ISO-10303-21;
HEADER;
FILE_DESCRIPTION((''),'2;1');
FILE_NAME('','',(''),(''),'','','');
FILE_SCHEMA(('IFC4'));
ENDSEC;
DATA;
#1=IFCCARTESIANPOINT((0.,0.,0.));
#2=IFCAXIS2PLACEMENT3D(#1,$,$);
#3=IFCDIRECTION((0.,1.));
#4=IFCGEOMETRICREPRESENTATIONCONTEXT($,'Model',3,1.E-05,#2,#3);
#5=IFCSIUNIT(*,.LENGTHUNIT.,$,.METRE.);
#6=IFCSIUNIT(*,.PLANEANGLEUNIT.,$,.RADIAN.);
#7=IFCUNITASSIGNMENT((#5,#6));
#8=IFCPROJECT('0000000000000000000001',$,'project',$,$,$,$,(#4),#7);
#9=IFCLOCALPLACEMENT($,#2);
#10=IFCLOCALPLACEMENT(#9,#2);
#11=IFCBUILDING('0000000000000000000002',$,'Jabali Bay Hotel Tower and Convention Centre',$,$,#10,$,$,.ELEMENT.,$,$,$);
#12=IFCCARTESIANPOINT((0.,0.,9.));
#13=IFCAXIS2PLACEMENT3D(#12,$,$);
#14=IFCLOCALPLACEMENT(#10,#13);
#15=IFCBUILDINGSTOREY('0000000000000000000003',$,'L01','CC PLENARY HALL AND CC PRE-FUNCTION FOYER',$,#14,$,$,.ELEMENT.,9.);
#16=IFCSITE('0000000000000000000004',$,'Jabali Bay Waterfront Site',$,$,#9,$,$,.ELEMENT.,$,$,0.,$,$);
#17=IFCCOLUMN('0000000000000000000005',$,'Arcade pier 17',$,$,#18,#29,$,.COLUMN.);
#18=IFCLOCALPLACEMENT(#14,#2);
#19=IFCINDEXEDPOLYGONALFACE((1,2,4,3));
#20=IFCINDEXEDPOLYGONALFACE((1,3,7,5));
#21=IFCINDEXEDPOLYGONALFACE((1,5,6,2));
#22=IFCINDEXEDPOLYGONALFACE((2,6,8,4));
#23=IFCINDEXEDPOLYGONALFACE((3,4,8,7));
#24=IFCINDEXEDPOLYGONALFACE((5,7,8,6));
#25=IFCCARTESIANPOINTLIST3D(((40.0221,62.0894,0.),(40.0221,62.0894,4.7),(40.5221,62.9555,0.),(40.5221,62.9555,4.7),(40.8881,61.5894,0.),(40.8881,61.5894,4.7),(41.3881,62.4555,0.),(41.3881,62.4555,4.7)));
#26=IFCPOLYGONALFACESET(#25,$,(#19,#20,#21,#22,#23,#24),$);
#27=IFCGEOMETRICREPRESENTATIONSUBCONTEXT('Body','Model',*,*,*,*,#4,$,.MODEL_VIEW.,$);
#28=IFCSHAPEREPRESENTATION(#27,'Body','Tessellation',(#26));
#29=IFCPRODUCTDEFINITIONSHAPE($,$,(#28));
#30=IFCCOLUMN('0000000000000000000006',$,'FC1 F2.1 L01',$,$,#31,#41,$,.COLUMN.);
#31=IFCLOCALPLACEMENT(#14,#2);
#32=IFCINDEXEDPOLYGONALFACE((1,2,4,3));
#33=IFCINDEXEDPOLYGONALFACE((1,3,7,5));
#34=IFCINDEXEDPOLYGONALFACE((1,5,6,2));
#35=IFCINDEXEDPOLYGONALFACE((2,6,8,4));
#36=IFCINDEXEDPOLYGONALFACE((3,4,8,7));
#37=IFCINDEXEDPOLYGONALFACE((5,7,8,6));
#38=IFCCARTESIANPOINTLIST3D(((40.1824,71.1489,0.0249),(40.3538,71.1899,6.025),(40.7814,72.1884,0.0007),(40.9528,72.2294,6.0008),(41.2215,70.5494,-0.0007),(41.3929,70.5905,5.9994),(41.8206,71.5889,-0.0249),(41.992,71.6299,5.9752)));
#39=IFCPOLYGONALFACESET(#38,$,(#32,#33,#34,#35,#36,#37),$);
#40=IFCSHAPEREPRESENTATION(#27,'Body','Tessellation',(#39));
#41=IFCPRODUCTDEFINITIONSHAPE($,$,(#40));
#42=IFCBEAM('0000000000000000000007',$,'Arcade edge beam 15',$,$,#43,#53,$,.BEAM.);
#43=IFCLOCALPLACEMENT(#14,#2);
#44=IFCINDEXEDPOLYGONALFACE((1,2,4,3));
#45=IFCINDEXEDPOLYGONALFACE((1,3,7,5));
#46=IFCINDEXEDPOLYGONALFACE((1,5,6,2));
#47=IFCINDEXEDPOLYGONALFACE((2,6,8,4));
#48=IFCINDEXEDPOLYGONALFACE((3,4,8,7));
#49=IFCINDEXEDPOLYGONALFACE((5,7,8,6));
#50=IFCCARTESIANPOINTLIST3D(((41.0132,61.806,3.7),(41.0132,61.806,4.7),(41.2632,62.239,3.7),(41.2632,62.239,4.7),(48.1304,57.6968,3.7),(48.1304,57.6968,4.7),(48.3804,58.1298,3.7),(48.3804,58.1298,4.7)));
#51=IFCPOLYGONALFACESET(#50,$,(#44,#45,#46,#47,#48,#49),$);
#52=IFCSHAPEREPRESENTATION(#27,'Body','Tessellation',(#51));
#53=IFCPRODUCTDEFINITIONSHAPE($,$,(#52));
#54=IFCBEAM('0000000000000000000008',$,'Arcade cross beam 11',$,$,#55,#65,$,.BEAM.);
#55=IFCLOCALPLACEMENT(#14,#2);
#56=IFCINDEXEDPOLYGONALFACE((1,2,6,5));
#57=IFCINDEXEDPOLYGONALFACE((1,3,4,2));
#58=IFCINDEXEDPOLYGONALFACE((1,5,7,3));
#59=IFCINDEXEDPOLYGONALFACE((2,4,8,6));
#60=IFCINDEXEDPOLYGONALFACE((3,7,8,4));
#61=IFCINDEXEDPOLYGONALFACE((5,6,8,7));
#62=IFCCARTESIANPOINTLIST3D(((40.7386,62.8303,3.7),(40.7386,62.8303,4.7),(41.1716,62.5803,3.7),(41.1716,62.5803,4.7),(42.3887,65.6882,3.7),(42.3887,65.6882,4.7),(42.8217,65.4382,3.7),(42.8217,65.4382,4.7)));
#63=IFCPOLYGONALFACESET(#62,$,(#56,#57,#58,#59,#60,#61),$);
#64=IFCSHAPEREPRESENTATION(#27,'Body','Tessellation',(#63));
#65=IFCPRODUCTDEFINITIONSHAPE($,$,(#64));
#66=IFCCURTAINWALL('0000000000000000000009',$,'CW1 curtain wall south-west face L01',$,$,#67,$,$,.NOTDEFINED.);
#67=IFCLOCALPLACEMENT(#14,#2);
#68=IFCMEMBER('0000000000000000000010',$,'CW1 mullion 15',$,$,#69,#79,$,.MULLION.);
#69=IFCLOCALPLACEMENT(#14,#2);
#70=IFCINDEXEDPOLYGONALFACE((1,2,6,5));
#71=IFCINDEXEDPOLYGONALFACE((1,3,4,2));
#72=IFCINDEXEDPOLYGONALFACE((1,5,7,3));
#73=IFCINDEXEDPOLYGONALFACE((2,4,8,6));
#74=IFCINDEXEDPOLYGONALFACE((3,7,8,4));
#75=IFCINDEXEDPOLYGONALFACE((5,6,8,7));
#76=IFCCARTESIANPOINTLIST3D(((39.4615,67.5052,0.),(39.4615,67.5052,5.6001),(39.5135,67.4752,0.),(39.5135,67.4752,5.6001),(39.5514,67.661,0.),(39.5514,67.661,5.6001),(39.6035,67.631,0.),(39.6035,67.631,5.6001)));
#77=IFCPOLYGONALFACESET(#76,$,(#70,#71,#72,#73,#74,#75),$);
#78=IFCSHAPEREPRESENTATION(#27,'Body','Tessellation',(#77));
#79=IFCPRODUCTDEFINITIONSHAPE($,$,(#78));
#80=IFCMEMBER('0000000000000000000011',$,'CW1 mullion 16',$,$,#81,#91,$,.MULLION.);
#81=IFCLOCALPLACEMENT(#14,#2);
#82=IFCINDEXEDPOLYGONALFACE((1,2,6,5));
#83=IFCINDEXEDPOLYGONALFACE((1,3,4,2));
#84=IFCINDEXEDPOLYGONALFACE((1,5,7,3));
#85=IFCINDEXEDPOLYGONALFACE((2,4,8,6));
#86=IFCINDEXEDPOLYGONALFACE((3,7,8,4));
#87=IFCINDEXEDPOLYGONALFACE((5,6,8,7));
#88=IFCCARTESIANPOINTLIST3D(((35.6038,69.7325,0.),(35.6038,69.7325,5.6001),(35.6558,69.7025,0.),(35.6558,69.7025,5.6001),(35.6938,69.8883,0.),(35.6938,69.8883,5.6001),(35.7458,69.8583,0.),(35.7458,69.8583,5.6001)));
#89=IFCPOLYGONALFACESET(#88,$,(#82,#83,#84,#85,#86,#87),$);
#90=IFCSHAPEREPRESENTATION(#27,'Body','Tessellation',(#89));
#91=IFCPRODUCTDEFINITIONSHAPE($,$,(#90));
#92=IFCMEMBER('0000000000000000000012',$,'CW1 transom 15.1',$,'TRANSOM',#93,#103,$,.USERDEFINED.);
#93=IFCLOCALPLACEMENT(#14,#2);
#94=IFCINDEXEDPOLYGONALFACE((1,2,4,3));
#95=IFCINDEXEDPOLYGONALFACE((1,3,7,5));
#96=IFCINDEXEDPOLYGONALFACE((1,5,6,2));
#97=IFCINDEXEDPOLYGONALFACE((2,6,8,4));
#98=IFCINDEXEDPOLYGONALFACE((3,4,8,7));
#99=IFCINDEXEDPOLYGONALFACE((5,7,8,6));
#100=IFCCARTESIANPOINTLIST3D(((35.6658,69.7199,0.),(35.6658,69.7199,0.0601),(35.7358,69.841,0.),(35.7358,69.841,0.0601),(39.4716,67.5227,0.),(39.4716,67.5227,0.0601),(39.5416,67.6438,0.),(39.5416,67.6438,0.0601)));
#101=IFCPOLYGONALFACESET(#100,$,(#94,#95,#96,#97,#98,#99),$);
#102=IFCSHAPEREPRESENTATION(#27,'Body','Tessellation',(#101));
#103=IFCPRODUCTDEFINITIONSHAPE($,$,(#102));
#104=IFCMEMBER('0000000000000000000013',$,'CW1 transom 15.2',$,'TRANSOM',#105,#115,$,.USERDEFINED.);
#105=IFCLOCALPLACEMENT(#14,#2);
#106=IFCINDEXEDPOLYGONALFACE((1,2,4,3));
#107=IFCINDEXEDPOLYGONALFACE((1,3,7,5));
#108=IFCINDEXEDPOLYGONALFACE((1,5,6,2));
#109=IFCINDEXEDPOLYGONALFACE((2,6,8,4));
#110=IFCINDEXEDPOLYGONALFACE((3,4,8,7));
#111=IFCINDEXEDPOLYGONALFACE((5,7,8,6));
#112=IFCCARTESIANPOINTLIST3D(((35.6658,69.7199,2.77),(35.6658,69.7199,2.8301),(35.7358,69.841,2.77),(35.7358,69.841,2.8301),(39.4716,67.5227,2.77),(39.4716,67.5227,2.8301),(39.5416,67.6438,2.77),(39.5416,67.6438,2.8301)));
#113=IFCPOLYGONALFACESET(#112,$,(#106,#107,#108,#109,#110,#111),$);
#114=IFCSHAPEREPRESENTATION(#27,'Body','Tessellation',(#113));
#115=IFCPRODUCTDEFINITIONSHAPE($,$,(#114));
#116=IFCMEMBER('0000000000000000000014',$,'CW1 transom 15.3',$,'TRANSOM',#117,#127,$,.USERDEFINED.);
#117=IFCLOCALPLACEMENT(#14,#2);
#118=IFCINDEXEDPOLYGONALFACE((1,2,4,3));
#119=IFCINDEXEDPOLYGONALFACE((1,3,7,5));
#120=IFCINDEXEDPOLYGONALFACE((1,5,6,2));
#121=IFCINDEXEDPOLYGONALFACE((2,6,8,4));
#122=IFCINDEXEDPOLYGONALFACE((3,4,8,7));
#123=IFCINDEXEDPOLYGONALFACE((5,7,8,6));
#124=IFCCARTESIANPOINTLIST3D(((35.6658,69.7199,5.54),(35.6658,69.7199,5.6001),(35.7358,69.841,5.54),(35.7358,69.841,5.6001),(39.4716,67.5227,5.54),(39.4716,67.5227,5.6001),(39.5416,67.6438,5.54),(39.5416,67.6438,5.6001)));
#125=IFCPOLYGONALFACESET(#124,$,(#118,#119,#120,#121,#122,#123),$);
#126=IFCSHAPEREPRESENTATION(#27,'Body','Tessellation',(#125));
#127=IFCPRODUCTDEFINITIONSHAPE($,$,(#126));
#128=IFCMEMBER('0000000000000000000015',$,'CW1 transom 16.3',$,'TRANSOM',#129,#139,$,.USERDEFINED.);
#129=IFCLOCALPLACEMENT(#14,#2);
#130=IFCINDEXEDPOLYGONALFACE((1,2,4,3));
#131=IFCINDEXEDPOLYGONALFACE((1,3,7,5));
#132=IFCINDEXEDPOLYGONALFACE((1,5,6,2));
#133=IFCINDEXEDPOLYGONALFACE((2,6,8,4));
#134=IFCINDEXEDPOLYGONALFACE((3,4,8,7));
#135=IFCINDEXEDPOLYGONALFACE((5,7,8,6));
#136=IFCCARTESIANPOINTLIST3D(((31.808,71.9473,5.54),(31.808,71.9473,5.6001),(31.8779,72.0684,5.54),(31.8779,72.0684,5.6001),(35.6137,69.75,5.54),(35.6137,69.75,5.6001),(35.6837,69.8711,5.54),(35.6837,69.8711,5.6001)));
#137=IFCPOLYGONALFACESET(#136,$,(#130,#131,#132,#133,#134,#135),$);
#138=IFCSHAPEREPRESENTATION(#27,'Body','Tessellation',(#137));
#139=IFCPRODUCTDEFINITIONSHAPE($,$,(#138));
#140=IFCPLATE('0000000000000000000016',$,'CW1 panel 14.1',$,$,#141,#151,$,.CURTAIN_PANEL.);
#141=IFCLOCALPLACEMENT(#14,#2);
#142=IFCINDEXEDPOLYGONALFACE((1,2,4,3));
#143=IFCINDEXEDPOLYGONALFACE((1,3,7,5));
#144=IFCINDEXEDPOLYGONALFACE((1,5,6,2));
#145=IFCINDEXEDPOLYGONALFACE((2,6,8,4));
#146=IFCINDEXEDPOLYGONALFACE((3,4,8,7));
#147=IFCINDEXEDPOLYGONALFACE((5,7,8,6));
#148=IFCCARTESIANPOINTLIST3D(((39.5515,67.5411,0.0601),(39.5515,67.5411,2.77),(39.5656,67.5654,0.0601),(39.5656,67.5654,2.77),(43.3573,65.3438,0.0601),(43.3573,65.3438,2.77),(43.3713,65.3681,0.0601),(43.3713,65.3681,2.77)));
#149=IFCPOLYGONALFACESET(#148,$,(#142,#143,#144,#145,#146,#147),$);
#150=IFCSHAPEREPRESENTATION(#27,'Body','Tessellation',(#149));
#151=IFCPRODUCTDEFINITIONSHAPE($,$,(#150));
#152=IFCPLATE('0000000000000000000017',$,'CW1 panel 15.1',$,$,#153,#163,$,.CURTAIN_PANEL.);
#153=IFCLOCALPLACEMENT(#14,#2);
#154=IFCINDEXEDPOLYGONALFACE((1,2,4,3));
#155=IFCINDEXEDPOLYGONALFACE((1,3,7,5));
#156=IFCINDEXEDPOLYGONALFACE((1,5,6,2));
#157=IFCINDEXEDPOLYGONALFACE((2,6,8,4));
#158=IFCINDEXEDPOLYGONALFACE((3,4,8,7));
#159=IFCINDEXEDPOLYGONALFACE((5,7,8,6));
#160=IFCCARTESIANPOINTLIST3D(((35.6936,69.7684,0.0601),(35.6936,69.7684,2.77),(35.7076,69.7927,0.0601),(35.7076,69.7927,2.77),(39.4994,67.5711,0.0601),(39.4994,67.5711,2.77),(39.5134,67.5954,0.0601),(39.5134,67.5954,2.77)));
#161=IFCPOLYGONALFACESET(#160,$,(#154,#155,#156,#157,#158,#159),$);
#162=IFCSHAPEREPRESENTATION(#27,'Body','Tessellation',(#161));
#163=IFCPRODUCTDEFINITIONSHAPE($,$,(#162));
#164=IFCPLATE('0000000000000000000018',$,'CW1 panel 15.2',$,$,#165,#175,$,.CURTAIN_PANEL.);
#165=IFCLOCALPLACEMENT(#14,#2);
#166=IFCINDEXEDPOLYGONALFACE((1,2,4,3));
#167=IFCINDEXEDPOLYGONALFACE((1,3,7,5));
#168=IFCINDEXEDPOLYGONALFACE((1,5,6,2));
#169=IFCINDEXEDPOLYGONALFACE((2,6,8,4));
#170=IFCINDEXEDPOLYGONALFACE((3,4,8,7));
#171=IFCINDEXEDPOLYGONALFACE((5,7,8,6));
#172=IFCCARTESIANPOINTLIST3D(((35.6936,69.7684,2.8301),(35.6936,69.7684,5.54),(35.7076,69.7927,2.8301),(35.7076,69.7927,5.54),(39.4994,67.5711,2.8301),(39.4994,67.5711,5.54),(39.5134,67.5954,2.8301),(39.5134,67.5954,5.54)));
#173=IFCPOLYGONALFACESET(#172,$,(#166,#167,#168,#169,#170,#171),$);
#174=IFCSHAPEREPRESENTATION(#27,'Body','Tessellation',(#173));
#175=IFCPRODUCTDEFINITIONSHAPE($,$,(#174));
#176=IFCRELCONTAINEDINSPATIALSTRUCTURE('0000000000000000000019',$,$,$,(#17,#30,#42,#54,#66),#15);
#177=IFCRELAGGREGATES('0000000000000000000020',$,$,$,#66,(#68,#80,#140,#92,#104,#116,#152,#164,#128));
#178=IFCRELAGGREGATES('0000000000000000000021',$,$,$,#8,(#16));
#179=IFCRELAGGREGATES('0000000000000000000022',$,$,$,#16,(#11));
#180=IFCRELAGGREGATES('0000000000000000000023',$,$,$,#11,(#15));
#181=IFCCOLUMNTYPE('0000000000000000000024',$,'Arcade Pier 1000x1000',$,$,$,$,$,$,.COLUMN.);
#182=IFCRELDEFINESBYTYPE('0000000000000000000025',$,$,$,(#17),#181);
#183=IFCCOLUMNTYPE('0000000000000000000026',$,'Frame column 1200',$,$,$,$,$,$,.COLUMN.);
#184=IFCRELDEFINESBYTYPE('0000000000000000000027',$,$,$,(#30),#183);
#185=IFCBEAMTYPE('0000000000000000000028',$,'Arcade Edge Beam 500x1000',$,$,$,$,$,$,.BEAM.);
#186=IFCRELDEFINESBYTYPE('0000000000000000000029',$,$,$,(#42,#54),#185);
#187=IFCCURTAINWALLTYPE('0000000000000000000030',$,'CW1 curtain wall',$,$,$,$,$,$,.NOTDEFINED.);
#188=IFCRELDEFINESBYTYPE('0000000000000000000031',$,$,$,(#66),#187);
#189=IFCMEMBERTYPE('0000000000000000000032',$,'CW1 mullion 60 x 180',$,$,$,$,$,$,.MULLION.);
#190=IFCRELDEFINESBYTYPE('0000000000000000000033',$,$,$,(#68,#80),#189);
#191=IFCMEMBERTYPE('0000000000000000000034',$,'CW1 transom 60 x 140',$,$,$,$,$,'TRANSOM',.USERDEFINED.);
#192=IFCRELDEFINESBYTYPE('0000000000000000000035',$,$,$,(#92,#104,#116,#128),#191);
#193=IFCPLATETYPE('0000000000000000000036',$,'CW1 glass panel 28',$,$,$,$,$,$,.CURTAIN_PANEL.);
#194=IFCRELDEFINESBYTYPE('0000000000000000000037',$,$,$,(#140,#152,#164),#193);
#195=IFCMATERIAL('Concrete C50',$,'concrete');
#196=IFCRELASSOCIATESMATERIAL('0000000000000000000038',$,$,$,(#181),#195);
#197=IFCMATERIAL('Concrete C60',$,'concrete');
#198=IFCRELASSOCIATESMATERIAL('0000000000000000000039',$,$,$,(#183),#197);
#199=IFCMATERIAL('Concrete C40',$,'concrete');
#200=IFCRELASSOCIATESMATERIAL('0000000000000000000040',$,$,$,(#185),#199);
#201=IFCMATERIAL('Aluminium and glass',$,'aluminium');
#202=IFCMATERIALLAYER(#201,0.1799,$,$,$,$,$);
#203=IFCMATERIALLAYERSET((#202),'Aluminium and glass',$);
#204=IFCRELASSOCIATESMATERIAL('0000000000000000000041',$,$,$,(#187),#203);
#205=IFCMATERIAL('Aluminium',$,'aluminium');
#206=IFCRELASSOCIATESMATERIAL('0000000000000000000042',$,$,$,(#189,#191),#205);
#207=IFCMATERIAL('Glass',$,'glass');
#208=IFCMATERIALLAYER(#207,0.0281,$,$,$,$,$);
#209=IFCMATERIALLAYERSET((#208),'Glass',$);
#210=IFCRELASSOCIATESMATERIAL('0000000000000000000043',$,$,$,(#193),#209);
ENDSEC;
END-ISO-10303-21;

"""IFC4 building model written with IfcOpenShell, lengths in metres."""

from ifc_helpers import new_model, si_unit, direction, frame, origin, origin_2d, place, context, subcontext, project, spatial, rectangle, extrude, material, layer, layer_set, material_profile, profile_set, type_object, element, aggregate, save


model = new_model("IFC4")

# Units and contexts
model_context = context("Model", 3, precision=1e-05, world=origin(), true_north=direction((0.0, 1.0)))
body_context = subcontext(model_context, "Body", "Model", "MODEL_VIEW")
ifc_project = project(units=[si_unit("LENGTHUNIT", "METRE"), si_unit("PLANEANGLEUNIT", "RADIAN")], contexts=[model_context])

# Site, building, storey
site_placement = place(None, origin())
site = spatial("IfcSite", under=ifc_project, at=site_placement, Name="Jabali Bay Waterfront Site", CompositionType="ELEMENT", RefElevation=0.0)
building_placement = place(site_placement, origin())
building = spatial("IfcBuilding", under=site, at=building_placement, Name="Jabali Bay Hotel Tower and Convention Centre", CompositionType="ELEMENT")
storey_placement = place(building_placement, frame((0.0, 0.0, 9.0)))
storey = spatial("IfcBuildingStorey", under=building, at=storey_placement, Name="L01", Description="CC PLENARY HALL AND CC PRE-FUNCTION FOYER", CompositionType="ELEMENT", Elevation=9.0)

# Columns
ifc_material_1 = material(Name="Concrete C50", Category="concrete")
ifc_material_profile_1 = material_profile(ifc_material_1, rectangle(XDim=1.0, YDim=1.0, at=origin_2d()), Name="RC 1000x1000")
ifc_profile_set_1 = profile_set([ifc_material_profile_1], Name="Concrete C50")
column_type_1 = type_object("IfcColumnType", Name="Arcade Pier 1000x1000", PredefinedType="COLUMN", material=ifc_profile_set_1)
column_1_placement = place(storey_placement, frame((40.7051, 62.2725, 0.0), z_axis=(0.0, 0.0, 1.0), x_axis=(0.866025, -0.5, 0.0)))
element("IfcColumn", 1, at=column_1_placement, inside=storey, type_object=column_type_1, Name="Arcade pier 17", PredefinedType="COLUMN", context=body_context, shape_type="SweptSolid", body=[
    extrude(rectangle(XDim=1.0, YDim=1.0, at=origin_2d()), origin(), (0.0, 0.0, 1.0), 4.7),
])
ifc_material_2 = material(Name="Concrete C60", Category="concrete")
ifc_material_profile_2 = material_profile(ifc_material_2, rectangle(XDim=1.2, YDim=1.2, at=origin_2d()), Name="Frame column 1200")
ifc_profile_set_2 = profile_set([ifc_material_profile_2], Name="Concrete C60")
column_type_2 = type_object("IfcColumnType", Name="Frame column 1200", PredefinedType="COLUMN", material=ifc_profile_set_2)
column_2_placement = place(storey_placement, frame((41.0015, 71.3689, 0.0), z_axis=(0.028552, 0.006833, 0.999569), x_axis=(-0.866003, 0.499585, 0.021322)))
element("IfcColumn", 2, at=column_2_placement, inside=storey, type_object=column_type_2, Name="FC1 F2.1 L01", PredefinedType="COLUMN", context=body_context, shape_type="SweptSolid", body=[
    extrude(rectangle(XDim=1.2, YDim=1.2, at=origin_2d()), origin(), (0.0, 0.0, 1.0), 6.0027),
])

# Beams
ifc_material_3 = material(Name="Concrete C40", Category="concrete")
ifc_material_profile_3 = material_profile(ifc_material_3, rectangle(XDim=0.5, YDim=1.0, at=origin_2d()), Name="RC 500x1000")
ifc_profile_set_3 = profile_set([ifc_material_profile_3], Name="Concrete C40")
beam_type = type_object("IfcBeamType", Name="Arcade Edge Beam 500x1000", PredefinedType="BEAM", material=ifc_profile_set_3)
beam_1_placement = place(storey_placement, frame((41.1382, 62.0225, 4.2), z_axis=(0.866024, -0.500002, 0.0), x_axis=(0.500002, 0.866024, 0.0)))
element("IfcBeam", 3, at=beam_1_placement, inside=storey, type_object=beam_type, Name="Arcade edge beam 15", PredefinedType="BEAM", context=body_context, shape_type="SweptSolid", body=[
    extrude(rectangle(XDim=0.5, YDim=1.0, at=origin_2d()), origin(), (0.0, 0.0, 1.0), 8.2183),
])
beam_2_placement = place(storey_placement, frame((40.9551, 62.7053, 4.2), z_axis=(0.50003, 0.866008, 0.0), x_axis=(-0.866008, 0.50003, 0.0)))
element("IfcBeam", 4, at=beam_2_placement, inside=storey, type_object=beam_type, Name="Arcade cross beam 11", PredefinedType="BEAM", context=body_context, shape_type="SweptSolid", body=[
    extrude(rectangle(XDim=0.5, YDim=1.0, at=origin_2d()), origin(), (0.0, 0.0, 1.0), 3.3),
])

# Curtain wall, members, plates
ifc_material_4 = material(Name="Aluminium and glass", Category="aluminium")
ifc_layer_1 = layer(ifc_material_4, 0.1799)
ifc_layer_set_1 = layer_set([ifc_layer_1], Name="Aluminium and glass")
curtain_wall_type = type_object("IfcCurtainWallType", Name="CW1 curtain wall", PredefinedType="NOTDEFINED", material=ifc_layer_set_1)
curtain_wall_placement = place(storey_placement, origin())
curtain_wall = element("IfcCurtainWall", 5, at=curtain_wall_placement, inside=storey, type_object=curtain_wall_type, Name="CW1 curtain wall south-west face L01", PredefinedType="NOTDEFINED")
ifc_material_5 = material(Name="Aluminium", Category="aluminium")
ifc_material_profile_4 = material_profile(ifc_material_5, rectangle(XDim=0.1799, YDim=0.0601, at=origin_2d()), Name="CW1 mullion 60 x 180")
ifc_profile_set_4 = profile_set([ifc_material_profile_4], Name="Aluminium")
member_type_1 = type_object("IfcMemberType", Name="CW1 mullion 60 x 180", PredefinedType="MULLION", material=ifc_profile_set_4)
member_1_placement = place(storey_placement, frame((39.5325, 67.5681, 0.0), z_axis=(0.0, 0.0, 1.0), x_axis=(-0.5, -0.866025, 0.0)))
member_1 = element("IfcMember", 6, at=member_1_placement, type_object=member_type_1, Name="CW1 mullion 15", PredefinedType="MULLION", context=body_context, shape_type="SweptSolid", body=[
    extrude(rectangle(XDim=0.1799, YDim=0.0601, at=origin_2d()), origin(), (0.0, 0.0, 1.0), 5.6001),
])
member_2_placement = place(storey_placement, frame((35.6748, 69.7954, 0.0), z_axis=(0.0, 0.0, 1.0), x_axis=(-0.5, -0.866025, 0.0)))
member_2 = element("IfcMember", 7, at=member_2_placement, type_object=member_type_1, Name="CW1 mullion 16", PredefinedType="MULLION", context=body_context, shape_type="SweptSolid", body=[
    extrude(rectangle(XDim=0.1799, YDim=0.0601, at=origin_2d()), origin(), (0.0, 0.0, 1.0), 5.6001),
])
ifc_material_profile_5 = material_profile(ifc_material_5, rectangle(XDim=0.1399, YDim=0.0601, at=origin_2d()), Name="CW1 transom 60 x 140")
ifc_profile_set_5 = profile_set([ifc_material_profile_5], Name="Aluminium")
member_type_2 = type_object("IfcMemberType", Name="CW1 transom 60 x 140", ElementType="TRANSOM", PredefinedType="USERDEFINED", material=ifc_profile_set_5)
member_3_placement = place(storey_placement, frame((39.5066, 67.5833, 0.03), z_axis=(-0.866033, 0.499987, 0.0), x_axis=(-0.499987, -0.866033, 0.0)))
member_3 = element("IfcMember", 8, at=member_3_placement, type_object=member_type_2, Name="CW1 transom 15.1", ObjectType="TRANSOM", PredefinedType="USERDEFINED", context=body_context, shape_type="SweptSolid", body=[
    extrude(rectangle(XDim=0.1399, YDim=0.0601, at=origin_2d()), origin(), (0.0, 0.0, 1.0), 4.3945),
])
member_4_placement = place(storey_placement, frame((39.5066, 67.5833, 2.8), z_axis=(-0.866033, 0.499987, 0.0), x_axis=(-0.499987, -0.866033, 0.0)))
member_4 = element("IfcMember", 9, at=member_4_placement, type_object=member_type_2, Name="CW1 transom 15.2", ObjectType="TRANSOM", PredefinedType="USERDEFINED", context=body_context, shape_type="SweptSolid", body=[
    extrude(rectangle(XDim=0.1399, YDim=0.0601, at=origin_2d()), origin(), (0.0, 0.0, 1.0), 4.3945),
])
member_5_placement = place(storey_placement, frame((39.5066, 67.5833, 5.5701), z_axis=(-0.866033, 0.499987, 0.0), x_axis=(-0.499987, -0.866033, 0.0)))
member_5 = element("IfcMember", 10, at=member_5_placement, type_object=member_type_2, Name="CW1 transom 15.3", ObjectType="TRANSOM", PredefinedType="USERDEFINED", context=body_context, shape_type="SweptSolid", body=[
    extrude(rectangle(XDim=0.1399, YDim=0.0601, at=origin_2d()), origin(), (0.0, 0.0, 1.0), 4.3945),
])
member_6_placement = place(storey_placement, frame((35.6487, 69.8105, 5.5701), z_axis=(-0.866019, 0.500011, 0.0), x_axis=(-0.500011, -0.866019, 0.0)))
member_6 = element("IfcMember", 11, at=member_6_placement, type_object=member_type_2, Name="CW1 transom 16.3", ObjectType="TRANSOM", PredefinedType="USERDEFINED", context=body_context, shape_type="SweptSolid", body=[
    extrude(rectangle(XDim=0.1399, YDim=0.0601, at=origin_2d()), origin(), (0.0, 0.0, 1.0), 4.3945),
])
ifc_material_6 = material(Name="Glass", Category="glass")
ifc_layer_2 = layer(ifc_material_6, 0.0281)
ifc_layer_set_2 = layer_set([ifc_layer_2], Name="Glass")
plate_type = type_object("IfcPlateType", Name="CW1 glass panel 28", PredefinedType="CURTAIN_PANEL", material=ifc_layer_set_2)
plate_1_placement = place(storey_placement, frame((41.4614, 66.4546, 0.0601), z_axis=(0.0, 0.0, 1.0), x_axis=(-0.866025, 0.5, 0.0)))
plate_1 = element("IfcPlate", 12, at=plate_1_placement, type_object=plate_type, Name="CW1 panel 14.1", PredefinedType="CURTAIN_PANEL", context=body_context, shape_type="SweptSolid", body=[
    extrude(rectangle(XDim=4.3945, YDim=0.0281, at=origin_2d()), origin(), (0.0, 0.0, 1.0), 2.71),
])
plate_2_placement = place(storey_placement, frame((37.6035, 68.6819, 0.0601), z_axis=(0.0, 0.0, 1.0), x_axis=(-0.866025, 0.5, 0.0)))
plate_2 = element("IfcPlate", 13, at=plate_2_placement, type_object=plate_type, Name="CW1 panel 15.1", PredefinedType="CURTAIN_PANEL", context=body_context, shape_type="SweptSolid", body=[
    extrude(rectangle(XDim=4.3945, YDim=0.0281, at=origin_2d()), origin(), (0.0, 0.0, 1.0), 2.71),
])
plate_3_placement = place(storey_placement, frame((37.6035, 68.6819, 2.8301), z_axis=(0.0, 0.0, 1.0), x_axis=(-0.866025, 0.5, 0.0)))
plate_3 = element("IfcPlate", 14, at=plate_3_placement, type_object=plate_type, Name="CW1 panel 15.2", PredefinedType="CURTAIN_PANEL", context=body_context, shape_type="SweptSolid", body=[
    extrude(rectangle(XDim=4.3945, YDim=0.0281, at=origin_2d()), origin(), (0.0, 0.0, 1.0), 2.71),
])
aggregate(curtain_wall, [member_1, member_2, plate_1, member_3, member_4, member_5, plate_2, plate_3, member_6])

save(model, "model.ifc")
